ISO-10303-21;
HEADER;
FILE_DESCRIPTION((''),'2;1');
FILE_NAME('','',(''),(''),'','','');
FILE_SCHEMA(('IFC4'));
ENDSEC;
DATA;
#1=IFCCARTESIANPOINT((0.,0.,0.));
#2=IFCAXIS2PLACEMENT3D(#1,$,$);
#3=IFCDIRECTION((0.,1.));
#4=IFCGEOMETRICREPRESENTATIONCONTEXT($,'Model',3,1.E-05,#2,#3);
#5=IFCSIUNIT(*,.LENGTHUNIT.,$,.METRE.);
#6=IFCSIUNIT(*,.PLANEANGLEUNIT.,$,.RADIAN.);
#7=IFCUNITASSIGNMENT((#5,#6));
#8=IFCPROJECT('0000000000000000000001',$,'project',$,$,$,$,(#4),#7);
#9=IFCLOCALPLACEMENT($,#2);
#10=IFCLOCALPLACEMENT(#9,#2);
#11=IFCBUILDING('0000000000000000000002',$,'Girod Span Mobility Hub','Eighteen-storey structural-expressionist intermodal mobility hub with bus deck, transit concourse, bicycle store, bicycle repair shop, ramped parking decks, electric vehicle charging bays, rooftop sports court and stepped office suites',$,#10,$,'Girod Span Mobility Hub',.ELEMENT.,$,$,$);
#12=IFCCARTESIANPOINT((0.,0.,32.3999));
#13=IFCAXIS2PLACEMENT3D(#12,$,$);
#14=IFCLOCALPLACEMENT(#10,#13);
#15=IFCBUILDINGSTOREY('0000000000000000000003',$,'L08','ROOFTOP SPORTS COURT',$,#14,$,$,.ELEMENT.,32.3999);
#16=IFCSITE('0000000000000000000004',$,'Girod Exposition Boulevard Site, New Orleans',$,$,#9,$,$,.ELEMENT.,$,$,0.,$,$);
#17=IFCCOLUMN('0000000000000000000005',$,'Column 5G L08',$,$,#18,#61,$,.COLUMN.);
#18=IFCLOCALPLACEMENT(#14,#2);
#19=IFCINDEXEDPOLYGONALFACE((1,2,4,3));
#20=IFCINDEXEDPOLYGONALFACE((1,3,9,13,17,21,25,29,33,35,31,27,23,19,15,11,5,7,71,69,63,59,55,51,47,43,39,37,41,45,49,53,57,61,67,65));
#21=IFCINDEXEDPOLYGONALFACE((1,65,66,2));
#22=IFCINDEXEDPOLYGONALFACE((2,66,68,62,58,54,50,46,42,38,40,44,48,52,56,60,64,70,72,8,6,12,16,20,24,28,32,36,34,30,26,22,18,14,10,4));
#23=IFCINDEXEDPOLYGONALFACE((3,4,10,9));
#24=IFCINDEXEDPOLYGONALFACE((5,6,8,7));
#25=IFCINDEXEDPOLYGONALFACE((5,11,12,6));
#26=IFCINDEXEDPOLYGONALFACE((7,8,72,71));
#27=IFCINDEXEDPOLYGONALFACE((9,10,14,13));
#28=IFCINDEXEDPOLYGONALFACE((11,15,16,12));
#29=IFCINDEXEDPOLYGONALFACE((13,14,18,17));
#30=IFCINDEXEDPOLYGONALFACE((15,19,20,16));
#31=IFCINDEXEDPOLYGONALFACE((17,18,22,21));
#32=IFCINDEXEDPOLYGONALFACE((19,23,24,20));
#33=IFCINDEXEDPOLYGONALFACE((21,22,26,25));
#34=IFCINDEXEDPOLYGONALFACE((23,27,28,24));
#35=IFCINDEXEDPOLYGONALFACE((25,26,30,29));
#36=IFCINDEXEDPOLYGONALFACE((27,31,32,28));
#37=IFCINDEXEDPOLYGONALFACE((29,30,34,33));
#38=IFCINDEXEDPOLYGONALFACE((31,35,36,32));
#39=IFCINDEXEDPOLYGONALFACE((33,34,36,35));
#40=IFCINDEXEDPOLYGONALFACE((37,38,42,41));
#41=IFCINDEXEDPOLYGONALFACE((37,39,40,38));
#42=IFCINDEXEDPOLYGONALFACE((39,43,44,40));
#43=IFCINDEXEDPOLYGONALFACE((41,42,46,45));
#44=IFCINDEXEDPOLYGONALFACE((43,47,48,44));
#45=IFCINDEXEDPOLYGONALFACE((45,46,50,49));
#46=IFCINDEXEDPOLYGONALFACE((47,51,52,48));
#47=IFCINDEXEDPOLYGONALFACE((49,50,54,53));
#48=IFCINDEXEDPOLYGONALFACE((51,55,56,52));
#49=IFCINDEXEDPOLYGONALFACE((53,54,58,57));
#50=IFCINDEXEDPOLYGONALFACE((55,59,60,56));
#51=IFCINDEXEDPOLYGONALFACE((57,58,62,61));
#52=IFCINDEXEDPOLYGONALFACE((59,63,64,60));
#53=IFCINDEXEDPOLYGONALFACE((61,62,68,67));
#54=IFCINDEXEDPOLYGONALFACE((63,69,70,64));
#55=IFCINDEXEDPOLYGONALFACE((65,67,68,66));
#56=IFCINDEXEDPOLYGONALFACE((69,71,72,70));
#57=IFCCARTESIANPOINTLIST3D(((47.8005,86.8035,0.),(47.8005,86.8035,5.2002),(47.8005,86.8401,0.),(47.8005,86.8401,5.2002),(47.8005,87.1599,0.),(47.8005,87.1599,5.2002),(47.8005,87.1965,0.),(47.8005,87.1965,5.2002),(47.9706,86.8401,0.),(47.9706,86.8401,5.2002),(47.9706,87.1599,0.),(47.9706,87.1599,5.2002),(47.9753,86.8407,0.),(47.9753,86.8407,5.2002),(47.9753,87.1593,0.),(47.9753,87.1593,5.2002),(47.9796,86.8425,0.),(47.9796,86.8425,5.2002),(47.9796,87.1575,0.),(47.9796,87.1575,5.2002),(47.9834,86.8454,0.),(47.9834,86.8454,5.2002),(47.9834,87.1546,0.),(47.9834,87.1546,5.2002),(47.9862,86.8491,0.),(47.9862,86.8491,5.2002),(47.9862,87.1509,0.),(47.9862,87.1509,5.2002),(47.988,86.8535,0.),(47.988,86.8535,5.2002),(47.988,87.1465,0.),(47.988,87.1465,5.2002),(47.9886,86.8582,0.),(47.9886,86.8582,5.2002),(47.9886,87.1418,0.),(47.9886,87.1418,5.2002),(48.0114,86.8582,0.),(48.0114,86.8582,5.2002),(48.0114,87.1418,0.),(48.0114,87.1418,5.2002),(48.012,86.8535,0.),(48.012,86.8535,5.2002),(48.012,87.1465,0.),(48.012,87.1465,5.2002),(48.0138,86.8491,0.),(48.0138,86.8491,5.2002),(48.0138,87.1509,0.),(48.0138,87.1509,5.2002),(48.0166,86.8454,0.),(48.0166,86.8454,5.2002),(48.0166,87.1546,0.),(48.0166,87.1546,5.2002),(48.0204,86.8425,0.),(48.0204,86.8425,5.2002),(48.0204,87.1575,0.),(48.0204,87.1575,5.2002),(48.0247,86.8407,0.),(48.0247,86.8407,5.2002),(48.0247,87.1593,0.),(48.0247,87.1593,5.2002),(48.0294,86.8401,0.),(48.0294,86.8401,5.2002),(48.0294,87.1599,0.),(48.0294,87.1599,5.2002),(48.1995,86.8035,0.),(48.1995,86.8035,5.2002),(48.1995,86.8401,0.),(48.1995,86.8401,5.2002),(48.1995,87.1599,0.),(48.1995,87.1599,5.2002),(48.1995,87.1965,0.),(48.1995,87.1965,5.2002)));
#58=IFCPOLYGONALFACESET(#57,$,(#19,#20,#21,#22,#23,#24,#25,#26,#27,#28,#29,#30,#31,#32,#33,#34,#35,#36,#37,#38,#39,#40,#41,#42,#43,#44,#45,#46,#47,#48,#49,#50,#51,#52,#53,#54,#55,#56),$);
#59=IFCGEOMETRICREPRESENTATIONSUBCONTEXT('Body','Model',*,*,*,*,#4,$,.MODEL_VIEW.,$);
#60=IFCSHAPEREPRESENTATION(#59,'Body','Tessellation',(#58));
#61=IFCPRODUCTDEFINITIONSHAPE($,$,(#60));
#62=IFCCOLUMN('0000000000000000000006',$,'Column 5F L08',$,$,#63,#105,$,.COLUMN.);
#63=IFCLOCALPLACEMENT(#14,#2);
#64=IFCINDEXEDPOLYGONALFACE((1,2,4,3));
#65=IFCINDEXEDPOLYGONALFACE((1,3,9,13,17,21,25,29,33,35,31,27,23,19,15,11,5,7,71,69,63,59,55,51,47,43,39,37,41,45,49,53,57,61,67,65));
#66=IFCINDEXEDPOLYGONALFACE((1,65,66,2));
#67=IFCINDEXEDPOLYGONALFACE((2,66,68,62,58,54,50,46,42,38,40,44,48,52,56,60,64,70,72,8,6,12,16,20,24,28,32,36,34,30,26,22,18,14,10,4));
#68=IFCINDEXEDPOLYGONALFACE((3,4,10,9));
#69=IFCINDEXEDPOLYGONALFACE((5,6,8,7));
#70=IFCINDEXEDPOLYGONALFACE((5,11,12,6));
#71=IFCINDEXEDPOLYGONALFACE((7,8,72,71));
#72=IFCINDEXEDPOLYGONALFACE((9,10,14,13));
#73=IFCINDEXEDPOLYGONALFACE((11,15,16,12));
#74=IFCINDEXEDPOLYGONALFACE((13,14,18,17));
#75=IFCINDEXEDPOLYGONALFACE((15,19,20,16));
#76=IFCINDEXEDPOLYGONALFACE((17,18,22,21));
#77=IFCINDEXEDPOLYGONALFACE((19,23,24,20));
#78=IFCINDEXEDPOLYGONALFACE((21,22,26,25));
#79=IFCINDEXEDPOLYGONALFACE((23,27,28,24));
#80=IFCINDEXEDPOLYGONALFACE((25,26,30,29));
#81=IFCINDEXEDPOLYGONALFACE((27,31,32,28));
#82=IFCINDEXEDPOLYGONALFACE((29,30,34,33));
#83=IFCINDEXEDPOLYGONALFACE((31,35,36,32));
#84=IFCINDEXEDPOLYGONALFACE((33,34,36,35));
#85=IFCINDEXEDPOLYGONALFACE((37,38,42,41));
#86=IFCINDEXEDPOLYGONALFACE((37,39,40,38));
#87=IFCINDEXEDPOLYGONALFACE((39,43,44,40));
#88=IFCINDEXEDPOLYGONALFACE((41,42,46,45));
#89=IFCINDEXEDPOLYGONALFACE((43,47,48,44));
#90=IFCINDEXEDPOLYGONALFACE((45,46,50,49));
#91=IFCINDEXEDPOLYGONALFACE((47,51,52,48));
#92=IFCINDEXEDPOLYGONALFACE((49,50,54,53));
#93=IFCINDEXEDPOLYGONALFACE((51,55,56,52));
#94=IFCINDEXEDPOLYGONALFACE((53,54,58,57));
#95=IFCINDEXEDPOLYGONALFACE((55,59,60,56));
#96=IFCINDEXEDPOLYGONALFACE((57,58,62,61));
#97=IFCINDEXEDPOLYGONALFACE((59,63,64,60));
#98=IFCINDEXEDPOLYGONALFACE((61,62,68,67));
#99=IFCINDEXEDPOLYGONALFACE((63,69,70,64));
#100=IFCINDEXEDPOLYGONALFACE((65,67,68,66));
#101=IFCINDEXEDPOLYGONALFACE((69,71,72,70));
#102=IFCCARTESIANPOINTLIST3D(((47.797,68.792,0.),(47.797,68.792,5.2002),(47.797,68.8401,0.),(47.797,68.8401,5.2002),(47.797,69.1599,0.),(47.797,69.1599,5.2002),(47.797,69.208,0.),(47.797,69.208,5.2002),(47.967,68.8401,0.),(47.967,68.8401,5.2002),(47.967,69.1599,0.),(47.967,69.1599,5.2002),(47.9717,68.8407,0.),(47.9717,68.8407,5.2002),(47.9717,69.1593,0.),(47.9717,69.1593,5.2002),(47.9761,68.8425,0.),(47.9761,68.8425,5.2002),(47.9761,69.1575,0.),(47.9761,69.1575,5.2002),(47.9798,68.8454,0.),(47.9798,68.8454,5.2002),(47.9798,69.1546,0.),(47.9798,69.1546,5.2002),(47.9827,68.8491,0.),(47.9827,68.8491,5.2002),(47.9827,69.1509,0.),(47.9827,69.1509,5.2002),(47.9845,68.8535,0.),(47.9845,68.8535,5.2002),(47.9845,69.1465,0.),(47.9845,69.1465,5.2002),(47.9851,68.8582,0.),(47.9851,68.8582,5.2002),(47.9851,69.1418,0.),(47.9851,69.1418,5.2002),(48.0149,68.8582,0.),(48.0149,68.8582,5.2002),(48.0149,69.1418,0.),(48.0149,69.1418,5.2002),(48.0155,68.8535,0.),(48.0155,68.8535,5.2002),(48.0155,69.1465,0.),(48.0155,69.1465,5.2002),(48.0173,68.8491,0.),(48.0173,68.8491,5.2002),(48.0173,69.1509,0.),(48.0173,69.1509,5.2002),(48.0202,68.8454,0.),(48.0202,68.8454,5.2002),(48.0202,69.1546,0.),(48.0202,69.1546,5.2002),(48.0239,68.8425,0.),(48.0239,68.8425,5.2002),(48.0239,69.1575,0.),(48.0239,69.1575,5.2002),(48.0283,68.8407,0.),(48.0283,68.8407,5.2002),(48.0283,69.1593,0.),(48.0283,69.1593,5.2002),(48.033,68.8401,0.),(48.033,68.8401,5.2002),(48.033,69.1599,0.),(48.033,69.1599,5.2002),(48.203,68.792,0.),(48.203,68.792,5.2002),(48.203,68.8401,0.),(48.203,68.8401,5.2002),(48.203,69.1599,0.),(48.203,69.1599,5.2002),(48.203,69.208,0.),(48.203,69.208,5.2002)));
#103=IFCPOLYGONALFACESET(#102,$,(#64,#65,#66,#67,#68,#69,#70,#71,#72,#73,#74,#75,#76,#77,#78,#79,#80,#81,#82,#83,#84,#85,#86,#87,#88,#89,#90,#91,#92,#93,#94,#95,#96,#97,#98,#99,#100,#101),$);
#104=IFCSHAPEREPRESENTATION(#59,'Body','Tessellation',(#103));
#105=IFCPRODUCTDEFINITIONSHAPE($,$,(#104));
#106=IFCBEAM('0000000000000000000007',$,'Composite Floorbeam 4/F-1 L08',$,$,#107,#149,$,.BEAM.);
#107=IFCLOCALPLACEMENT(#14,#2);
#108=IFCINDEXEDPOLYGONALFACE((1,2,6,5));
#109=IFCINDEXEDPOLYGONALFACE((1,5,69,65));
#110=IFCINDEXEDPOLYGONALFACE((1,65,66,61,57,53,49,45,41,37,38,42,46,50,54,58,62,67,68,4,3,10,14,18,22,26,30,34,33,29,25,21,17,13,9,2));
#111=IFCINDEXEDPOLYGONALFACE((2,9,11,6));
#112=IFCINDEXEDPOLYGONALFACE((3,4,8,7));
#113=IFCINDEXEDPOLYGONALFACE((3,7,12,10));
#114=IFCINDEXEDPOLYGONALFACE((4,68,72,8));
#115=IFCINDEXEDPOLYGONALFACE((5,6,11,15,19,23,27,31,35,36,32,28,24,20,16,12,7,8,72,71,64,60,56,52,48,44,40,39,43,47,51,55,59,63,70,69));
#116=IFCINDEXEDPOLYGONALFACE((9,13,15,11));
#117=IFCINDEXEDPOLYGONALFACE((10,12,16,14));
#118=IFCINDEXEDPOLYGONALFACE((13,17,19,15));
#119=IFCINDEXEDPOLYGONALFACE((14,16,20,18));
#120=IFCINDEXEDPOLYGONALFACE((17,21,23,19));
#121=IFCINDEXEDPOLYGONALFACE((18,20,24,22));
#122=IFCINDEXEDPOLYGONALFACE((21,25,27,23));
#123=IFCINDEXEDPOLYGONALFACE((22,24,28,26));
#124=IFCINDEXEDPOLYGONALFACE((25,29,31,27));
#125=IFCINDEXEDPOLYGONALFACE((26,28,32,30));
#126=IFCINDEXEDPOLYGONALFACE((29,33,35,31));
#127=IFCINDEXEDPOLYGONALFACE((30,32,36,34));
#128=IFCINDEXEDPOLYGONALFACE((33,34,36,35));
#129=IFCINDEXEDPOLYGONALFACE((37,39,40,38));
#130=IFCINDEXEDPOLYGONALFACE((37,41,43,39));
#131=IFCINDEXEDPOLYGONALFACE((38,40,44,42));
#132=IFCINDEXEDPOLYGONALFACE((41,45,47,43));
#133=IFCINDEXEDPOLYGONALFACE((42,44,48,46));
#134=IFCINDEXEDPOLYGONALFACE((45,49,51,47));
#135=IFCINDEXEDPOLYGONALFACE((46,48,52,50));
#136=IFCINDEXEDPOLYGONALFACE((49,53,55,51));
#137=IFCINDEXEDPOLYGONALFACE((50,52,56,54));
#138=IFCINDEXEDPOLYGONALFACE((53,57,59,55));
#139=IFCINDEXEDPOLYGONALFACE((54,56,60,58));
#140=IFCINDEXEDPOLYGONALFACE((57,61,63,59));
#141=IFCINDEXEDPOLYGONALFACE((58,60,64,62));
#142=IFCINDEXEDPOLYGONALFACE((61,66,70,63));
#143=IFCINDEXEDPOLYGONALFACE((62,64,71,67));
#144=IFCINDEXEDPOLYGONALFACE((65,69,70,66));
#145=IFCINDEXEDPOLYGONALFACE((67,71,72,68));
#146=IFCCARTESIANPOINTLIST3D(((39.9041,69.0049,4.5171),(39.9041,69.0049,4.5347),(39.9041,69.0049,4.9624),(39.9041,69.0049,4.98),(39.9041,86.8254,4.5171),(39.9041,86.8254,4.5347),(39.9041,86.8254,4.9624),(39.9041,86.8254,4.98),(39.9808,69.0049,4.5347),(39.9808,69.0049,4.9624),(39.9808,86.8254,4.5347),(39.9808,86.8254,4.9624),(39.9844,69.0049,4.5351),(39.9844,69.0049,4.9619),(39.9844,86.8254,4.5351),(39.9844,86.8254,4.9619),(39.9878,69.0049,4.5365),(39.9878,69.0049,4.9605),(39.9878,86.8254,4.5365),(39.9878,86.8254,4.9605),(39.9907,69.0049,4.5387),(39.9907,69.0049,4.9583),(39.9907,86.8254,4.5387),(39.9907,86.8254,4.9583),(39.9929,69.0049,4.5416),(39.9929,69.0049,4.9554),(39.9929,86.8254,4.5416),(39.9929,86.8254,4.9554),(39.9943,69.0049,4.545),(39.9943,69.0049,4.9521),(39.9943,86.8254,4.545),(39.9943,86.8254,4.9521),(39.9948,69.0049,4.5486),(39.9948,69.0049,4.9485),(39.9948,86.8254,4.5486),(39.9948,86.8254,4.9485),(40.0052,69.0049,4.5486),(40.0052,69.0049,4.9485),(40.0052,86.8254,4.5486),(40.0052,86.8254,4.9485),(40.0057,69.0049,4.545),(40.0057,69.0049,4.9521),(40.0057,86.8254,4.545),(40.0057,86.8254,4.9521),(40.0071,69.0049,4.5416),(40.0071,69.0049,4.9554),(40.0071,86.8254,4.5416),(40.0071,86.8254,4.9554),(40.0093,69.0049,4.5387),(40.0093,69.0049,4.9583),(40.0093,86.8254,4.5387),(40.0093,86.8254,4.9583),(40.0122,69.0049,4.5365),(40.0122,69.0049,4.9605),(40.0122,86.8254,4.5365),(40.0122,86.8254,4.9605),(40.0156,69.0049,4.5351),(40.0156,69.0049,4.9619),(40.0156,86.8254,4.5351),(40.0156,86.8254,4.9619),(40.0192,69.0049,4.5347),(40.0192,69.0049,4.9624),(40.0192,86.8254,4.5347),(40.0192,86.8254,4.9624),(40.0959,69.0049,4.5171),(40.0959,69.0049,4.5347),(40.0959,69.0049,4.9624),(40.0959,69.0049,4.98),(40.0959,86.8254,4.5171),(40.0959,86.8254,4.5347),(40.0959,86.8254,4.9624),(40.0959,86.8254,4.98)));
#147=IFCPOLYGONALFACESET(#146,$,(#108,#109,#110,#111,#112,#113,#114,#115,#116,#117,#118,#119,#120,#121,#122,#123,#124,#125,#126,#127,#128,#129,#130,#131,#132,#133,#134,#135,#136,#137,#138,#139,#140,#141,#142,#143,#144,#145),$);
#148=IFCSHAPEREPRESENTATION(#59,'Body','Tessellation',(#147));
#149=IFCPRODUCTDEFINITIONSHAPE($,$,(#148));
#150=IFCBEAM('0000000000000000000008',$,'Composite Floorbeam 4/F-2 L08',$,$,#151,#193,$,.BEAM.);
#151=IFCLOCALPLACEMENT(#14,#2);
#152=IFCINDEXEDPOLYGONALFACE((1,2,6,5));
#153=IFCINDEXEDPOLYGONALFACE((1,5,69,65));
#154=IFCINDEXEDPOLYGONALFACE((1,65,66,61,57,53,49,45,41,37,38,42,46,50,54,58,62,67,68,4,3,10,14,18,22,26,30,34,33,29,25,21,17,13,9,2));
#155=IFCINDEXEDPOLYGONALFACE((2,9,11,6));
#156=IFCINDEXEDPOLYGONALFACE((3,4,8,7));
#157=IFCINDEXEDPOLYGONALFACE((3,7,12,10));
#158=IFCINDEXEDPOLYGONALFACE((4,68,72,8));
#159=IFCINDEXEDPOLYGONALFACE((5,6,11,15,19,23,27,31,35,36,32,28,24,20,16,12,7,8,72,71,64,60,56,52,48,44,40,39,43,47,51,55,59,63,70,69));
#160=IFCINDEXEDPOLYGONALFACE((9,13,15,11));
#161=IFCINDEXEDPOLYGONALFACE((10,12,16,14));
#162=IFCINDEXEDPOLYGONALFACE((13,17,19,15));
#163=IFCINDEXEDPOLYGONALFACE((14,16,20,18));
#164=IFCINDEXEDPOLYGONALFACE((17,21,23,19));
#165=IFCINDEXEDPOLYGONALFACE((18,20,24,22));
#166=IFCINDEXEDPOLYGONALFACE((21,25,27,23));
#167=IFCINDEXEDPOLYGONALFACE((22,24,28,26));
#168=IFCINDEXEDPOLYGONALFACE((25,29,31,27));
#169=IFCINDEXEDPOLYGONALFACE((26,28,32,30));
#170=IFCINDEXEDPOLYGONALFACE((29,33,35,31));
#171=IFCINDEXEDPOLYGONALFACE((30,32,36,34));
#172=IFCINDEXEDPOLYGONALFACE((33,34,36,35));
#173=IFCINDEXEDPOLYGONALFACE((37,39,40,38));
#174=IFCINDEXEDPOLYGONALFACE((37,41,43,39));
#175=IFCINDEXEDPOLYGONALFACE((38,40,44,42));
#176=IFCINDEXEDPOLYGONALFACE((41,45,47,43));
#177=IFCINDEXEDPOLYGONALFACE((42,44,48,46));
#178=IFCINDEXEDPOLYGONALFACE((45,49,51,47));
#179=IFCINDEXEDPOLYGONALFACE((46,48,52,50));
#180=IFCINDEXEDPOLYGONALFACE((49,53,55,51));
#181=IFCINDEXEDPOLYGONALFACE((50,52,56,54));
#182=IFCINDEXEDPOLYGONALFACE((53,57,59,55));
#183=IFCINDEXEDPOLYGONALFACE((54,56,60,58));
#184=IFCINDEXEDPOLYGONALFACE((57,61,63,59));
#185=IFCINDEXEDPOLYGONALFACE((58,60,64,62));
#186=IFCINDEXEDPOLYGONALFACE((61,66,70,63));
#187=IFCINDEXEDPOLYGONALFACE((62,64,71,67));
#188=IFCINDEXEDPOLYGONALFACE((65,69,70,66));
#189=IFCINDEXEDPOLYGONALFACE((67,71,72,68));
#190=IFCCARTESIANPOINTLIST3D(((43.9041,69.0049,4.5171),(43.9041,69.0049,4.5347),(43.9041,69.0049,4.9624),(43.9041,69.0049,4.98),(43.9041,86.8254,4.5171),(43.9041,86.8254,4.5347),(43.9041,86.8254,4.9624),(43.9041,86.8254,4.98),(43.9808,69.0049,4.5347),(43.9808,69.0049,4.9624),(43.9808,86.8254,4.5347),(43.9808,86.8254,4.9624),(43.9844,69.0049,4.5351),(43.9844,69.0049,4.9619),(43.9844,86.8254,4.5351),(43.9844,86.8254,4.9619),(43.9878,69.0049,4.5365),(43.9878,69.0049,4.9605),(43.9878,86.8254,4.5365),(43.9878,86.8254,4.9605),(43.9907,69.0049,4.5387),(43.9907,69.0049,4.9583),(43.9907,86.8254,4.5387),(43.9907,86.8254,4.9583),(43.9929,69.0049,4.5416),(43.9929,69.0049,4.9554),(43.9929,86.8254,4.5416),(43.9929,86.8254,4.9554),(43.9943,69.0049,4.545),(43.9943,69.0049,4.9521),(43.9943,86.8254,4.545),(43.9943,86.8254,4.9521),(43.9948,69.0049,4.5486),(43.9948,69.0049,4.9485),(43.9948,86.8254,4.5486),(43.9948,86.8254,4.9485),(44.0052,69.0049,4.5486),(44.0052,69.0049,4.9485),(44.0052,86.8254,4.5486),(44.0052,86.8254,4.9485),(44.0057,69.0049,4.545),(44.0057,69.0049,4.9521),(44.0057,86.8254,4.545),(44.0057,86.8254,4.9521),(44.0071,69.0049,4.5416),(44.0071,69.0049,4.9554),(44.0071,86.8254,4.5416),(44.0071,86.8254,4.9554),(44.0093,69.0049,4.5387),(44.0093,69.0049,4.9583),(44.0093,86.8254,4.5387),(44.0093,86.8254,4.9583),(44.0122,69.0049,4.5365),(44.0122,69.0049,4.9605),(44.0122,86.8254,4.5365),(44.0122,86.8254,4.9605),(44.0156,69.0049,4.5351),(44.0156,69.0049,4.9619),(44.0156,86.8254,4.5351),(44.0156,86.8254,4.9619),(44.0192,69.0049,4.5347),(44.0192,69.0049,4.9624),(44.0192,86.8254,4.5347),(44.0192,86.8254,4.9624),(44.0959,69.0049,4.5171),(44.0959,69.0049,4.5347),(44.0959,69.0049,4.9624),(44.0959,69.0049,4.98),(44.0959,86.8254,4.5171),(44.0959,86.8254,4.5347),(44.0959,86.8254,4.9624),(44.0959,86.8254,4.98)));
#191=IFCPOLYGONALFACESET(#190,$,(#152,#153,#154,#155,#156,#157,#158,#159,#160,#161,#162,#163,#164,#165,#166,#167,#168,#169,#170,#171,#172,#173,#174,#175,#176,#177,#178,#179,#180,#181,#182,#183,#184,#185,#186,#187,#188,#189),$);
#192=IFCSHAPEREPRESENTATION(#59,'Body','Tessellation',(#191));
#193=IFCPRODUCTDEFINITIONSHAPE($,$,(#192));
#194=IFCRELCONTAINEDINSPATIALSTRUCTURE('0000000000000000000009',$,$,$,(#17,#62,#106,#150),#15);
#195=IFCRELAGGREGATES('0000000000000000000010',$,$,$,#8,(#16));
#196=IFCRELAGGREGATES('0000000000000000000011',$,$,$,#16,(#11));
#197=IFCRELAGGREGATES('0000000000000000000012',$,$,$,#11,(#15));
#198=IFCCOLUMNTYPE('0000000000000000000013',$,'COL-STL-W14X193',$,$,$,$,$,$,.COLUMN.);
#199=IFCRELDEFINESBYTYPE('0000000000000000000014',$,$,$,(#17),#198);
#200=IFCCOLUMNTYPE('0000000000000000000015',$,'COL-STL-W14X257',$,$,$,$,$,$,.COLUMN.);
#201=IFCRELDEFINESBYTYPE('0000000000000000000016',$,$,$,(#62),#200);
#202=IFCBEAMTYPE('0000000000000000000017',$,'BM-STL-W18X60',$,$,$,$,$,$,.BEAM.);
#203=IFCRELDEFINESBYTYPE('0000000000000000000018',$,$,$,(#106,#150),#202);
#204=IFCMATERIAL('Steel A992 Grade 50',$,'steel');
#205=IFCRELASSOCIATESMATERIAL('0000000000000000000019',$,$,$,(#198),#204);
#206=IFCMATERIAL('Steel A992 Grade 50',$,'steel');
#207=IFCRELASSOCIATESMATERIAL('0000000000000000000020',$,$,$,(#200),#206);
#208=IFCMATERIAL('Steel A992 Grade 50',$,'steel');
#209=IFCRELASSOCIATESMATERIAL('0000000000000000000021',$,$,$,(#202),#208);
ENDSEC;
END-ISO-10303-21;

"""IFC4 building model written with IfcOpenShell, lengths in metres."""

from ifc_helpers import new_model, si_unit, direction, frame, origin, origin_2d, place, context, subcontext, project, spatial, i_section, extrude, material, material_profile, profile_set, type_object, element, save


model = new_model("IFC4")

# Units and contexts
model_context = context("Model", 3, precision=1e-05, world=origin(), true_north=direction((0.0, 1.0)))
body_context = subcontext(model_context, "Body", "Model", "MODEL_VIEW")
ifc_project = project(units=[si_unit("LENGTHUNIT", "METRE"), si_unit("PLANEANGLEUNIT", "RADIAN")], contexts=[model_context])

# Site, building, storey
site_placement = place(None, origin())
site = spatial("IfcSite", under=ifc_project, at=site_placement, Name="Girod Exposition Boulevard Site, New Orleans", CompositionType="ELEMENT", RefElevation=0.0)
building_placement = place(site_placement, origin())
building = spatial("IfcBuilding", under=site, at=building_placement, Name="Girod Span Mobility Hub", Description="Eighteen-storey structural-expressionist intermodal mobility hub with bus deck, transit concourse, bicycle store, bicycle repair shop, ramped parking decks, electric vehicle charging bays, rooftop sports court and stepped office suites", LongName="Girod Span Mobility Hub", CompositionType="ELEMENT")
storey_placement = place(building_placement, frame((0.0, 0.0, 32.3999)))
storey = spatial("IfcBuildingStorey", under=building, at=storey_placement, Name="L08", Description="ROOFTOP SPORTS COURT", CompositionType="ELEMENT", Elevation=32.3999)

# Columns
ifc_material_1 = material(Name="Steel A992 Grade 50", Category="steel")
ifc_material_profile_1 = material_profile(ifc_material_1, i_section(OverallWidth=0.3989, OverallDepth=0.3931, WebThickness=0.0227, FlangeThickness=0.0366, FilletRadius=0.0181, at=origin_2d()), Name="W14X193")
ifc_profile_set_1 = profile_set([ifc_material_profile_1], Name="Steel A992 Grade 50")
column_type_1 = type_object("IfcColumnType", Name="COL-STL-W14X193", PredefinedType="COLUMN", material=ifc_profile_set_1)
column_1_placement = place(storey_placement, frame((48.0, 87.0, 0.0), z_axis=(0.0, 0.0, 1.0), x_axis=(1.0, 0.0, 0.0)))
element("IfcColumn", 1, at=column_1_placement, inside=storey, type_object=column_type_1, Name="Column 5G L08", PredefinedType="COLUMN", context=body_context, shape_type="SweptSolid", body=[
    extrude(i_section(OverallWidth=0.3989, OverallDepth=0.3931, WebThickness=0.0227, FlangeThickness=0.0366, FilletRadius=0.0181, at=origin_2d()), origin(), (0.0, 0.0, 1.0), 5.2002),
])
ifc_material_2 = material(Name="Steel A992 Grade 50", Category="steel")
ifc_material_profile_2 = material_profile(ifc_material_2, i_section(OverallWidth=0.406, OverallDepth=0.416, WebThickness=0.0298, FlangeThickness=0.0481, FilletRadius=0.0181, at=origin_2d()), Name="W14X257")
ifc_profile_set_2 = profile_set([ifc_material_profile_2], Name="Steel A992 Grade 50")
column_type_2 = type_object("IfcColumnType", Name="COL-STL-W14X257", PredefinedType="COLUMN", material=ifc_profile_set_2)
column_2_placement = place(storey_placement, frame((48.0, 69.0, 0.0), z_axis=(0.0, 0.0, 1.0), x_axis=(1.0, 0.0, 0.0)))
element("IfcColumn", 2, at=column_2_placement, inside=storey, type_object=column_type_2, Name="Column 5F L08", PredefinedType="COLUMN", context=body_context, shape_type="SweptSolid", body=[
    extrude(i_section(OverallWidth=0.406, OverallDepth=0.416, WebThickness=0.0298, FlangeThickness=0.0481, FilletRadius=0.0181, at=origin_2d()), origin(), (0.0, 0.0, 1.0), 5.2002),
])

# Beams
ifc_material_3 = material(Name="Steel A992 Grade 50", Category="steel")
ifc_material_profile_3 = material_profile(ifc_material_3, i_section(OverallWidth=0.1919, OverallDepth=0.4629, WebThickness=0.0105, FlangeThickness=0.0176, FilletRadius=0.0139, at=origin_2d()), Name="W18X60")
ifc_profile_set_3 = profile_set([ifc_material_profile_3], Name="Steel A992 Grade 50")
beam_type_1 = type_object("IfcBeamType", Name="BM-STL-W18X60", PredefinedType="BEAM", material=ifc_profile_set_3)
for number, where, z_axis, x_axis, name in (
    (3, (40.0, 69.0049, 4.7485), (0.0, 1.0, 0.0), (-1.0, 0.0, 0.0), "Composite Floorbeam 4/F-1 L08"),
    (4, (44.0, 69.0049, 4.7485), (0.0, 1.0, 0.0), (-1.0, 0.0, 0.0), "Composite Floorbeam 4/F-2 L08"),
):
    element("IfcBeam", number, at=place(storey_placement, frame(where, z_axis=z_axis, x_axis=x_axis)), inside=storey, type_object=beam_type_1, Name=name, PredefinedType="BEAM", context=body_context, shape_type="SweptSolid", body=[
        extrude(i_section(OverallWidth=0.1919, OverallDepth=0.4629, WebThickness=0.0105, FlangeThickness=0.0176, FilletRadius=0.0139, at=origin_2d()), origin(), (0.0, 0.0, 1.0), 17.8206),
    ])

save(model, "model.ifc")
